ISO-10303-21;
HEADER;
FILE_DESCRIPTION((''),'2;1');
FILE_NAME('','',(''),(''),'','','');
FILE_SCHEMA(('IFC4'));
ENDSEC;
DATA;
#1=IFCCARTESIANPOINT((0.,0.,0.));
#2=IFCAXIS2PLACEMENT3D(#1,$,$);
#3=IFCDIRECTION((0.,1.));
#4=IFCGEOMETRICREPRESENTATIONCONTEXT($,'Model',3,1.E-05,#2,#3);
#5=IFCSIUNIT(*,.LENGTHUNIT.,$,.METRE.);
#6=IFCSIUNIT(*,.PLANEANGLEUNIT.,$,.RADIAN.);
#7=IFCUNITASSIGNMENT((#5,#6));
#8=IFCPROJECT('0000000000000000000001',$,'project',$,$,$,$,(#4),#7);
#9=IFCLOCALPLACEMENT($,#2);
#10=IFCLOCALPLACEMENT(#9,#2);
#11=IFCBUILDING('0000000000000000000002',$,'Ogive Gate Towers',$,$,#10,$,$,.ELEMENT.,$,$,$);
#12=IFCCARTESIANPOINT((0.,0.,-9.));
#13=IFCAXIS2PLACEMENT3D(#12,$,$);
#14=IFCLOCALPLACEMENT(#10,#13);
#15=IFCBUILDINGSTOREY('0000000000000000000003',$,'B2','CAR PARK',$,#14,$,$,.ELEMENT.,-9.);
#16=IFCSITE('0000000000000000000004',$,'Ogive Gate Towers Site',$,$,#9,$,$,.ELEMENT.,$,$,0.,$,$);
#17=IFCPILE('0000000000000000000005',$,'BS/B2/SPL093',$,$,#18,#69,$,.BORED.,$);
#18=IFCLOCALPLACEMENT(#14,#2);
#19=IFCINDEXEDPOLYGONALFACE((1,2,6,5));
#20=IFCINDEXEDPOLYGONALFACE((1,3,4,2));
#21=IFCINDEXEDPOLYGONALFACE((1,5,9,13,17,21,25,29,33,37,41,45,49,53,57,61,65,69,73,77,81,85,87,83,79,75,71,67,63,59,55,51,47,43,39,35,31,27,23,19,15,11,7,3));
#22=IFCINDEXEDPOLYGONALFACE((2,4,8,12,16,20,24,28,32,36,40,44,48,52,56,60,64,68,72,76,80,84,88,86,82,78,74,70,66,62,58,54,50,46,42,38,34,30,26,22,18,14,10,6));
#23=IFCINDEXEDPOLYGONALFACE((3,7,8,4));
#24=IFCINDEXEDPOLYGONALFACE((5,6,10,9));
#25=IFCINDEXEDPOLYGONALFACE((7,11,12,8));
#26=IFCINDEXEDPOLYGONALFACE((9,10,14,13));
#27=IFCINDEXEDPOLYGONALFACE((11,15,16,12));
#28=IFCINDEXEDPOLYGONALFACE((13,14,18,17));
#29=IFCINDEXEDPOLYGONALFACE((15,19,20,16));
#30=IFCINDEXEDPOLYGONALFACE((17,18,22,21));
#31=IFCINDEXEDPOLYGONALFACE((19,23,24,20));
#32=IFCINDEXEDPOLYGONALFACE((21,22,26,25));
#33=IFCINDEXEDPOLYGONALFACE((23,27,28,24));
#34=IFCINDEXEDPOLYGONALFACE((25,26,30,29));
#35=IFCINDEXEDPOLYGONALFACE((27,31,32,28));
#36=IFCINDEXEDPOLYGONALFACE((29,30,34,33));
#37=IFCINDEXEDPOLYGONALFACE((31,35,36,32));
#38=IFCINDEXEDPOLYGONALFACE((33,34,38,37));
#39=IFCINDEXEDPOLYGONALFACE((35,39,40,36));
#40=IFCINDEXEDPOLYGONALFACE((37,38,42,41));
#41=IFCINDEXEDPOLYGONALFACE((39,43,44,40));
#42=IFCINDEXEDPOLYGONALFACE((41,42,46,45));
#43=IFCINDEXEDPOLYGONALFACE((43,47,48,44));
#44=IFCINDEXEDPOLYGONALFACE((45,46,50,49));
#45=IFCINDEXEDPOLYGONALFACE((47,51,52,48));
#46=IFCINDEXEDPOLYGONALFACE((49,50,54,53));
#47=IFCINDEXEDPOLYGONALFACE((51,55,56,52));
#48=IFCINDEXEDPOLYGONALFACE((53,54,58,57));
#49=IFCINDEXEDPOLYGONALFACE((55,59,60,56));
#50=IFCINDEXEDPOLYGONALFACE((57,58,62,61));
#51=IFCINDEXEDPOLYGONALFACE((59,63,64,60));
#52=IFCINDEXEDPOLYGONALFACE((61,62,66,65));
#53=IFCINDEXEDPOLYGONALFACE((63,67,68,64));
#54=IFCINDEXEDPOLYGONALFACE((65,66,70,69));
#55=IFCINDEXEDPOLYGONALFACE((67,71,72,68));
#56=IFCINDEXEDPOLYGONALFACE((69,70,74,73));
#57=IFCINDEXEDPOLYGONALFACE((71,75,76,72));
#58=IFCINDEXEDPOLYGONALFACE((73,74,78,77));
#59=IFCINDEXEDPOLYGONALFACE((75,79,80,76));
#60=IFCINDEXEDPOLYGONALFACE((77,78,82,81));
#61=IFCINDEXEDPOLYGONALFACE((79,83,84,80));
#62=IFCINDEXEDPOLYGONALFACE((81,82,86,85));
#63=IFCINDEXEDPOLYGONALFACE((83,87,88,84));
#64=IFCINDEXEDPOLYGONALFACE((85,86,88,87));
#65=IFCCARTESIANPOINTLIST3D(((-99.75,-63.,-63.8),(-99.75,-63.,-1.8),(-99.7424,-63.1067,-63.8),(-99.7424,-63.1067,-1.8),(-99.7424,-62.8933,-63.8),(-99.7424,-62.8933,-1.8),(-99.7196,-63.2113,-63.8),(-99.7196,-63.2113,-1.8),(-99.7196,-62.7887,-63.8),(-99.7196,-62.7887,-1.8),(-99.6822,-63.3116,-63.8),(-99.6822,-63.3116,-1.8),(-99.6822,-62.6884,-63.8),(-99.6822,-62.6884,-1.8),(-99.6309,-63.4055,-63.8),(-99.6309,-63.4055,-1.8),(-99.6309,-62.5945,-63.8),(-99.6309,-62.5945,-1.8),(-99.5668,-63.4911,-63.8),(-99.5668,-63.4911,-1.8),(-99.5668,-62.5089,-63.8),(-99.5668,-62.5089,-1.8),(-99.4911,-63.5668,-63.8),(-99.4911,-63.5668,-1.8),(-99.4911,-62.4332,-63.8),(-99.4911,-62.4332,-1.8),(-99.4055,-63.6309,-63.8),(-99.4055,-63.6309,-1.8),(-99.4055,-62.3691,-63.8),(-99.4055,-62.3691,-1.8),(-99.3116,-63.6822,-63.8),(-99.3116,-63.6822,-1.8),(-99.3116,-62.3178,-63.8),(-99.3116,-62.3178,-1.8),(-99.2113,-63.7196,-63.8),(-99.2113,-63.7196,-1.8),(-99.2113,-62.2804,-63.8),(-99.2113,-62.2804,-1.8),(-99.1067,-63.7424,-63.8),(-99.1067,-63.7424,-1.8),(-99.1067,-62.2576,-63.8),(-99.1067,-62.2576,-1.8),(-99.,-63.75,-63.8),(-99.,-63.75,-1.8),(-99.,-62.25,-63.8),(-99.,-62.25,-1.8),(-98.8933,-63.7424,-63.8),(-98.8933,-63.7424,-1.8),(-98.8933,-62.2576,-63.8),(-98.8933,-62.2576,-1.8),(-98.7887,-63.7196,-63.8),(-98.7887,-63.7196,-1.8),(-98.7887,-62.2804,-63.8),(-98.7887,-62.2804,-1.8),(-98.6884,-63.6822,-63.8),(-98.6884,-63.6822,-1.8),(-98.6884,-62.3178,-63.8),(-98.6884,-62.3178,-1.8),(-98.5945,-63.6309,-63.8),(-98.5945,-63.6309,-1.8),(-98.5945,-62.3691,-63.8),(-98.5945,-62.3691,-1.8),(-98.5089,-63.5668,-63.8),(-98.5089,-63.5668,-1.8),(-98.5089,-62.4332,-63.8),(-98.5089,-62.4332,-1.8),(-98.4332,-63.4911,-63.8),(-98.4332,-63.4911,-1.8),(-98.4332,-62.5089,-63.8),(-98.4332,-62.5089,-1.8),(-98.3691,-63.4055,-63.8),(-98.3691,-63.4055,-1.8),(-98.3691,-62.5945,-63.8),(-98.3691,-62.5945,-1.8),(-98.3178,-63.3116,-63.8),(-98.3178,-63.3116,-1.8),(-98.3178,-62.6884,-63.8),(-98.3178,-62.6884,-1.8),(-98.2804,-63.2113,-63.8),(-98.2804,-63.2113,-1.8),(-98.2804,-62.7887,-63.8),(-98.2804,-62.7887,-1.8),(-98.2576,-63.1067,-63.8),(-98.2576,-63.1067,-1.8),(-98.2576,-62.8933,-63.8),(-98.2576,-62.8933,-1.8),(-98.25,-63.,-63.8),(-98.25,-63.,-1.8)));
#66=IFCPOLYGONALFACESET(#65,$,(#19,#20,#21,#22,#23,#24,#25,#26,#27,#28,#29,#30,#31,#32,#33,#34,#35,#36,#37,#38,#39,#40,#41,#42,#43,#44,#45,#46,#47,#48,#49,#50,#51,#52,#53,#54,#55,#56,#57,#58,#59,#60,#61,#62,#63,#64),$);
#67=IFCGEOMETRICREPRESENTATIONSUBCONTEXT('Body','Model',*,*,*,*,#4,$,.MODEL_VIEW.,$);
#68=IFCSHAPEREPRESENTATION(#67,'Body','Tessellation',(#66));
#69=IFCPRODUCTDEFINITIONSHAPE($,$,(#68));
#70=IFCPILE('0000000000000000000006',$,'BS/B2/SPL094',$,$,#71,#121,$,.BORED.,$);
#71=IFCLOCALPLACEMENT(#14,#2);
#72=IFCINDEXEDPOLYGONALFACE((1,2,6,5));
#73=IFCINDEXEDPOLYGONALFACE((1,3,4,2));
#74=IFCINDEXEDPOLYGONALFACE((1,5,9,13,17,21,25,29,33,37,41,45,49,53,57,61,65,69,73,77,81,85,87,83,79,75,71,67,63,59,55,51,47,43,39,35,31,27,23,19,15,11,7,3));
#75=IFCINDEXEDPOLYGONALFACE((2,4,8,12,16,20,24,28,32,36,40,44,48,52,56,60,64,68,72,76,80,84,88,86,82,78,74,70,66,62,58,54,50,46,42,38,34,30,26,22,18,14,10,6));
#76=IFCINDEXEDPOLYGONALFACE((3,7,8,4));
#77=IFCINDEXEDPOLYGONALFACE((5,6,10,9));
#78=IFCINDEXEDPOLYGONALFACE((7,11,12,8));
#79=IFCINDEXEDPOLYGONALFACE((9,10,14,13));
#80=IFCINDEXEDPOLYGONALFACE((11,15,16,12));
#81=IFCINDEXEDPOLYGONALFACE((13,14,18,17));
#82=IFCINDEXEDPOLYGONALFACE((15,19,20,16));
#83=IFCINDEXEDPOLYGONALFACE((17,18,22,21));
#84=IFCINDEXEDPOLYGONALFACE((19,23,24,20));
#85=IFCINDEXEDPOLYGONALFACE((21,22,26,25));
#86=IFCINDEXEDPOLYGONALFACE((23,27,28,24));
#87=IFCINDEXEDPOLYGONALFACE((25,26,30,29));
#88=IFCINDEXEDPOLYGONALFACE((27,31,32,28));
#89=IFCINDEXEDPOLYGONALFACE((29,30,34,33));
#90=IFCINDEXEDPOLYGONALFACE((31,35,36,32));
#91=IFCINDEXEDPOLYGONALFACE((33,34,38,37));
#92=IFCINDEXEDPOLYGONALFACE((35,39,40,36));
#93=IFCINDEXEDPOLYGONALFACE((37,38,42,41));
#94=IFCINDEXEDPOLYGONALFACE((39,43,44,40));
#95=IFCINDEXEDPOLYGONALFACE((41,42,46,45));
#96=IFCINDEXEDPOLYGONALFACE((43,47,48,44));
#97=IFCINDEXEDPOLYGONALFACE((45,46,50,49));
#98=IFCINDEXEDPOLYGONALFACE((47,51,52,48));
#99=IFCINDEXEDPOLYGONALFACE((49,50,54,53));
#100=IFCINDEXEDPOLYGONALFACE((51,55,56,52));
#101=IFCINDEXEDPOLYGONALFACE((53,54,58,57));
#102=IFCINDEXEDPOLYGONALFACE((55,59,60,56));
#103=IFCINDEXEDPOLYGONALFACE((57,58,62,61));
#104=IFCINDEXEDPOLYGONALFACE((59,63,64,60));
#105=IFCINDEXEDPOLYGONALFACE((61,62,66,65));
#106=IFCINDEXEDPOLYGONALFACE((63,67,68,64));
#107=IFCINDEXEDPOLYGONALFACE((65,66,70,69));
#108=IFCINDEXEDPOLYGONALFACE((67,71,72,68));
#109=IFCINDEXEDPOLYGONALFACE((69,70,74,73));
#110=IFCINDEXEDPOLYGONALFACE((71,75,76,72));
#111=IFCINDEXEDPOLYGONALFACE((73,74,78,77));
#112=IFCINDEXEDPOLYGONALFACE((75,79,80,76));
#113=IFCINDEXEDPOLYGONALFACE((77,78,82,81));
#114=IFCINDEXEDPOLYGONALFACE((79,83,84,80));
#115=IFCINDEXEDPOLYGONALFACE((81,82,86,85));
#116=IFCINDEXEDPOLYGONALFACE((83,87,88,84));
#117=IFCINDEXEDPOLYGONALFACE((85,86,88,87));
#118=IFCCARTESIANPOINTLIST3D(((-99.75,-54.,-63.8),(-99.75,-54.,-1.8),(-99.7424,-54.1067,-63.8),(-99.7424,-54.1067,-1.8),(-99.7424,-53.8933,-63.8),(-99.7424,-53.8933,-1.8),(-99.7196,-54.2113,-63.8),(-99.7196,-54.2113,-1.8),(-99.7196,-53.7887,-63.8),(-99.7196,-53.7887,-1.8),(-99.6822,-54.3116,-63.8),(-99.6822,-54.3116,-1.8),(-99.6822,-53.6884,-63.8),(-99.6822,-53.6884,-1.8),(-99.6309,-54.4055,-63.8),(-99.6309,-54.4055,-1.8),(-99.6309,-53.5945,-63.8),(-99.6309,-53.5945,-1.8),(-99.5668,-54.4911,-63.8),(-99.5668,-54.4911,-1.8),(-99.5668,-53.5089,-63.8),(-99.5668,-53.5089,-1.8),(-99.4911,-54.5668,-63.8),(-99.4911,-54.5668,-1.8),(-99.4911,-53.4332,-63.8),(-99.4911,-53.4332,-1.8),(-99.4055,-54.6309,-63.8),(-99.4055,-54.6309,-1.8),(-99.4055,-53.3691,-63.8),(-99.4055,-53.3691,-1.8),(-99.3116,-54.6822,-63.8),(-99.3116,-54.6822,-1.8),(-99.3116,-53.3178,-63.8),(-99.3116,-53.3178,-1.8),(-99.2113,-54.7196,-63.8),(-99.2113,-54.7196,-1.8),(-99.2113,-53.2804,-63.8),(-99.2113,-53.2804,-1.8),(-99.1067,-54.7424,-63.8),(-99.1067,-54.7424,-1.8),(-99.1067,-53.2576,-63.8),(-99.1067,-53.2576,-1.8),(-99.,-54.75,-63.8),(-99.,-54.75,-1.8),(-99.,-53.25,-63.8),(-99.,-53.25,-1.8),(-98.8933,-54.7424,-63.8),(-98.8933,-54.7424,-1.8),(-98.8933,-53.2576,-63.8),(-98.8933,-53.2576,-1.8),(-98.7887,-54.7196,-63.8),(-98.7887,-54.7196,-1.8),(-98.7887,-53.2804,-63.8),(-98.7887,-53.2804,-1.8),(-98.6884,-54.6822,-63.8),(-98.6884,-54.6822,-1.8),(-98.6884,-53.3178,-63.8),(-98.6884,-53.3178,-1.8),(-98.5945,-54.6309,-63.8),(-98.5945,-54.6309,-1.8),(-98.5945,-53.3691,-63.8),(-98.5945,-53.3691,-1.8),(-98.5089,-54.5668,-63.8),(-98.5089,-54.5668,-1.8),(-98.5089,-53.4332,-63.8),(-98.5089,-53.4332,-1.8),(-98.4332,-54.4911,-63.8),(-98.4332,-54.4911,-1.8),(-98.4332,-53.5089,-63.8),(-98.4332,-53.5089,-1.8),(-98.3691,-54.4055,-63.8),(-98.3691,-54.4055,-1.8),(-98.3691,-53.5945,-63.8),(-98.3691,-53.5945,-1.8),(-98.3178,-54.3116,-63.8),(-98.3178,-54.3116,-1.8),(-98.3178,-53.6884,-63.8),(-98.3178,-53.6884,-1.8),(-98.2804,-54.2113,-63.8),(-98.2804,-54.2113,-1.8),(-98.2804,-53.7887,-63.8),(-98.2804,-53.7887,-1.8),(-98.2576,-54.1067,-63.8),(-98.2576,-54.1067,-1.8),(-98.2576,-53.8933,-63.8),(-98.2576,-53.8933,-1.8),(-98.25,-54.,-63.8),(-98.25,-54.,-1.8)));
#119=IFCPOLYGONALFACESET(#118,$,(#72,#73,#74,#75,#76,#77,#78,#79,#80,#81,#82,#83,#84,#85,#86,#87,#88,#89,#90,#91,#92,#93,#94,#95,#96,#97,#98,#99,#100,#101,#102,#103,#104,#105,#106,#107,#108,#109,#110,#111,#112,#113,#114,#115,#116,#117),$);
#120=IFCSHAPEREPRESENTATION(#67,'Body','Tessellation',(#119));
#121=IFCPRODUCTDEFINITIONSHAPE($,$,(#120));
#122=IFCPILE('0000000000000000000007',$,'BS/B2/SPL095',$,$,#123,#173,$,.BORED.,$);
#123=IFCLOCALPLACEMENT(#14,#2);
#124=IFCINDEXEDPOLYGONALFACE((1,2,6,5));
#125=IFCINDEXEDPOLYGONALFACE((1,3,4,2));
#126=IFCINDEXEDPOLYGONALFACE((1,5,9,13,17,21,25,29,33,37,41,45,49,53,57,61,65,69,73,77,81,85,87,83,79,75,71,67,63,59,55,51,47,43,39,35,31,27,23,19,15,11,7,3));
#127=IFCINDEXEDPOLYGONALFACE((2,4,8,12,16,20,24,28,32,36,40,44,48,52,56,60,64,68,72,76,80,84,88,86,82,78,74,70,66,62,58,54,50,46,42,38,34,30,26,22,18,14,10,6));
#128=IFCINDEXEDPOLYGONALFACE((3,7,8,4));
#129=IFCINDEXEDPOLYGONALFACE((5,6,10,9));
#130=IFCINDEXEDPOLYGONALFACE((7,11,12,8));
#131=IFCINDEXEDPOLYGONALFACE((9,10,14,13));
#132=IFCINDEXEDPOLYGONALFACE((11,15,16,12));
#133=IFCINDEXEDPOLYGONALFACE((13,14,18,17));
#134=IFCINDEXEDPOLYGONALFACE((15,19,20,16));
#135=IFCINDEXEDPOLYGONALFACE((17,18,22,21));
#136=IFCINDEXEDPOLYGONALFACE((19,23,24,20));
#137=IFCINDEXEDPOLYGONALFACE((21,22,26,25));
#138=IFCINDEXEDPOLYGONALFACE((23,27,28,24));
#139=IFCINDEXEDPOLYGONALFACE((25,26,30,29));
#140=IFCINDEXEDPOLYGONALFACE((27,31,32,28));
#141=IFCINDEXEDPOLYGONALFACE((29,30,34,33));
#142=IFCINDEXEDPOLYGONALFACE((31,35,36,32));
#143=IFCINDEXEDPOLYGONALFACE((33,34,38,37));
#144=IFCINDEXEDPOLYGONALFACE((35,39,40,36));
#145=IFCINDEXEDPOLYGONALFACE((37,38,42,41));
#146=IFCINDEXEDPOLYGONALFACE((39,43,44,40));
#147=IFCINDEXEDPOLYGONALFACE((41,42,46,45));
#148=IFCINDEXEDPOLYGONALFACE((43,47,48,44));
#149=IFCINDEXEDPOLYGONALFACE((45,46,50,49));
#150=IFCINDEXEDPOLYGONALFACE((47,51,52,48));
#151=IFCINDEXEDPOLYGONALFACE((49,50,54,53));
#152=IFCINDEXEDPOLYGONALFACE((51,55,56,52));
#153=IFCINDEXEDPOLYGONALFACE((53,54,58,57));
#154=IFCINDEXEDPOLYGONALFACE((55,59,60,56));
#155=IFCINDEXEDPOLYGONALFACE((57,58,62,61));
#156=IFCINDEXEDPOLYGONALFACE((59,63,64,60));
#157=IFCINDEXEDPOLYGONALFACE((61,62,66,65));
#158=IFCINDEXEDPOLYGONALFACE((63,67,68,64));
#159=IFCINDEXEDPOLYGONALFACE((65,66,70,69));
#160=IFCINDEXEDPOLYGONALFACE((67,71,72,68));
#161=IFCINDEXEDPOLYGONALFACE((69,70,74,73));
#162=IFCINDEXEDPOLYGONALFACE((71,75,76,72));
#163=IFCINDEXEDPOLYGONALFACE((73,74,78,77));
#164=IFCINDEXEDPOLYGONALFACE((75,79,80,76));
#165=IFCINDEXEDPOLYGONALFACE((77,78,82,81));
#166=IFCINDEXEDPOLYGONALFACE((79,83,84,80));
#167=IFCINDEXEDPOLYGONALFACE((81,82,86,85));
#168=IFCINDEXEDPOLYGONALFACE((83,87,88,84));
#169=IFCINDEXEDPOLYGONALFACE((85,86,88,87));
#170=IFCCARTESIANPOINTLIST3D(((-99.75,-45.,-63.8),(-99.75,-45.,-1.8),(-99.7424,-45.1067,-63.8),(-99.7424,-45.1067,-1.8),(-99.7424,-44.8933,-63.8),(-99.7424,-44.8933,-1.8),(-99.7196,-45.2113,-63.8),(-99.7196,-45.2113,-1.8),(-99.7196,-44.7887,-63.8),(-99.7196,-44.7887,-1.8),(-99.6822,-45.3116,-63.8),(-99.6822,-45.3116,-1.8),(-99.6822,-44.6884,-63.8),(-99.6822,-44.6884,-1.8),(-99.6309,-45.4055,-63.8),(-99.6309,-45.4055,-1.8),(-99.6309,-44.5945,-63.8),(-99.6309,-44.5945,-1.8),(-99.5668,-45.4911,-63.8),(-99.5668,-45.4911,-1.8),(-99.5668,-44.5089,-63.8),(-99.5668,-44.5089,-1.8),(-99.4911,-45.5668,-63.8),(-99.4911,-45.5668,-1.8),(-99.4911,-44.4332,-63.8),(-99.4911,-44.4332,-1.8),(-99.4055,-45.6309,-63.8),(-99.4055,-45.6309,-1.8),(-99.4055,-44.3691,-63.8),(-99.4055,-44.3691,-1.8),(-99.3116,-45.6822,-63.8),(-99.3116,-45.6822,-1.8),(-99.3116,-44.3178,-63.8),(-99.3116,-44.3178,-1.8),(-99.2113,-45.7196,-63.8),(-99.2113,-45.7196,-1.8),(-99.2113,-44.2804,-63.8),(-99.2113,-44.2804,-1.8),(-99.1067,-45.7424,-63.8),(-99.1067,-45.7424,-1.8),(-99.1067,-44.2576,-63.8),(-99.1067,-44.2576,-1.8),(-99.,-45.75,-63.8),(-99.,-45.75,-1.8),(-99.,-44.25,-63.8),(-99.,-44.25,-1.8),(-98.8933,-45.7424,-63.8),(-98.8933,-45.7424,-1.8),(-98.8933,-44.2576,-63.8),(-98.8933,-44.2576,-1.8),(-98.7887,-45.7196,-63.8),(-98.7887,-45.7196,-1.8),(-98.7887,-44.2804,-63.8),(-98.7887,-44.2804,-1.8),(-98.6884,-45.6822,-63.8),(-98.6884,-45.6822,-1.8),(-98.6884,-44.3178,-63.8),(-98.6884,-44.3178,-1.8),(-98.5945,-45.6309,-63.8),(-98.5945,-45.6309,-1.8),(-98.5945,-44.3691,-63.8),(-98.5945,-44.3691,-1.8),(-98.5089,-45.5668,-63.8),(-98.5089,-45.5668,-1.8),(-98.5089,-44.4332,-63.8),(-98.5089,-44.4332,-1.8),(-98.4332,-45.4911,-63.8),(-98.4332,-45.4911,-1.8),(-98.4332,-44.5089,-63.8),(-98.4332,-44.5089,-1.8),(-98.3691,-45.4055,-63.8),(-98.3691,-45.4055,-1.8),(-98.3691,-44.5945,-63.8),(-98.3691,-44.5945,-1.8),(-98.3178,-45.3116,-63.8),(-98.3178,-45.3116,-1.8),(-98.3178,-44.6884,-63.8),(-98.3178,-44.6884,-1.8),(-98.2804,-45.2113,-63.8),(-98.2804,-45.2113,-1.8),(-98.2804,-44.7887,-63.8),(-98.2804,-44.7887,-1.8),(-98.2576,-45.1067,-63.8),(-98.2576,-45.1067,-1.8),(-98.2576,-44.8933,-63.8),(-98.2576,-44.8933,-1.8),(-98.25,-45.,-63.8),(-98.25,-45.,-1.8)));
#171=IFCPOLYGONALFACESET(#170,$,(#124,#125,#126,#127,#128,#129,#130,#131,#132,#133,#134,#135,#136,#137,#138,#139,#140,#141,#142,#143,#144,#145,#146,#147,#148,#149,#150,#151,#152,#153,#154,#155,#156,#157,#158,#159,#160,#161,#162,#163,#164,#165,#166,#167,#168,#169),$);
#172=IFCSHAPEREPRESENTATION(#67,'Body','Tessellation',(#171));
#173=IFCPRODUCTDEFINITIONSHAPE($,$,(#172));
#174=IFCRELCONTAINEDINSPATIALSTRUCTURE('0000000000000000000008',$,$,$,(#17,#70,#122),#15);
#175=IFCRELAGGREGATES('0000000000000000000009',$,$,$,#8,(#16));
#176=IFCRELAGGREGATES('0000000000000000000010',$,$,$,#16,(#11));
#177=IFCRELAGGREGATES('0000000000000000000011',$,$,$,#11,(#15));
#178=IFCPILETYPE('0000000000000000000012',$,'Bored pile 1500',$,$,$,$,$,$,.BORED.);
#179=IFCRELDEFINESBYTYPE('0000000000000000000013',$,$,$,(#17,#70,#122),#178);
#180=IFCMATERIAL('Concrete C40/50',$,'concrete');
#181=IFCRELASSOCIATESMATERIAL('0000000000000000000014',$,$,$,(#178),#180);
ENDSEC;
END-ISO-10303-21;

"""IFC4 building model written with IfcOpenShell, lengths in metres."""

from ifc_helpers import new_model, si_unit, direction, frame, origin, origin_2d, place, context, subcontext, project, spatial, circle, extrude, material, material_profile, profile_set, type_object, element, save


model = new_model("IFC4")

# Units and contexts
model_context = context("Model", 3, precision=1e-05, world=origin(), true_north=direction((0.0, 1.0)))
body_context = subcontext(model_context, "Body", "Model", "MODEL_VIEW")
ifc_project = project(units=[si_unit("LENGTHUNIT", "METRE"), si_unit("PLANEANGLEUNIT", "RADIAN")], contexts=[model_context])

# Site, building, storey
site_placement = place(None, origin())
site = spatial("IfcSite", under=ifc_project, at=site_placement, Name="Ogive Gate Towers Site", CompositionType="ELEMENT", RefElevation=0.0)
building_placement = place(site_placement, origin())
building = spatial("IfcBuilding", under=site, at=building_placement, Name="Ogive Gate Towers", CompositionType="ELEMENT")
storey_placement = place(building_placement, frame((0.0, 0.0, -9.0)))
storey = spatial("IfcBuildingStorey", under=building, at=storey_placement, Name="B2", Description="CAR PARK", CompositionType="ELEMENT", Elevation=-9.0)

# Piles
ifc_material_1 = material(Name="Concrete C40/50", Category="concrete")
ifc_material_profile_1 = material_profile(ifc_material_1, circle(Radius=0.75, at=origin_2d()), Name="BP 1500")
ifc_profile_set_1 = profile_set([ifc_material_profile_1], Name="Concrete C40/50")
pile_type = type_object("IfcPileType", Name="Bored pile 1500", PredefinedType="BORED", material=ifc_profile_set_1)
for number, where, z_axis, x_axis, name in (
    (1, (-99.0, -63.0, -1.8), (0.0, 0.0, -1.0), (1.0, 0.0, 0.0), "BS/B2/SPL093"),
    (2, (-99.0, -54.0, -1.8), (0.0, 0.0, -1.0), (1.0, 0.0, 0.0), "BS/B2/SPL094"),
    (3, (-99.0, -45.0, -1.8), (0.0, 0.0, -1.0), (1.0, 0.0, 0.0), "BS/B2/SPL095"),
):
    element("IfcPile", number, at=place(storey_placement, frame(where, z_axis=z_axis, x_axis=x_axis)), inside=storey, type_object=pile_type, Name=name, PredefinedType="BORED", context=body_context, shape_type="SweptSolid", body=[
        extrude(circle(Radius=0.75, at=origin_2d()), origin(), (0.0, 0.0, 1.0), 62.0),
    ])

save(model, "model.ifc")
